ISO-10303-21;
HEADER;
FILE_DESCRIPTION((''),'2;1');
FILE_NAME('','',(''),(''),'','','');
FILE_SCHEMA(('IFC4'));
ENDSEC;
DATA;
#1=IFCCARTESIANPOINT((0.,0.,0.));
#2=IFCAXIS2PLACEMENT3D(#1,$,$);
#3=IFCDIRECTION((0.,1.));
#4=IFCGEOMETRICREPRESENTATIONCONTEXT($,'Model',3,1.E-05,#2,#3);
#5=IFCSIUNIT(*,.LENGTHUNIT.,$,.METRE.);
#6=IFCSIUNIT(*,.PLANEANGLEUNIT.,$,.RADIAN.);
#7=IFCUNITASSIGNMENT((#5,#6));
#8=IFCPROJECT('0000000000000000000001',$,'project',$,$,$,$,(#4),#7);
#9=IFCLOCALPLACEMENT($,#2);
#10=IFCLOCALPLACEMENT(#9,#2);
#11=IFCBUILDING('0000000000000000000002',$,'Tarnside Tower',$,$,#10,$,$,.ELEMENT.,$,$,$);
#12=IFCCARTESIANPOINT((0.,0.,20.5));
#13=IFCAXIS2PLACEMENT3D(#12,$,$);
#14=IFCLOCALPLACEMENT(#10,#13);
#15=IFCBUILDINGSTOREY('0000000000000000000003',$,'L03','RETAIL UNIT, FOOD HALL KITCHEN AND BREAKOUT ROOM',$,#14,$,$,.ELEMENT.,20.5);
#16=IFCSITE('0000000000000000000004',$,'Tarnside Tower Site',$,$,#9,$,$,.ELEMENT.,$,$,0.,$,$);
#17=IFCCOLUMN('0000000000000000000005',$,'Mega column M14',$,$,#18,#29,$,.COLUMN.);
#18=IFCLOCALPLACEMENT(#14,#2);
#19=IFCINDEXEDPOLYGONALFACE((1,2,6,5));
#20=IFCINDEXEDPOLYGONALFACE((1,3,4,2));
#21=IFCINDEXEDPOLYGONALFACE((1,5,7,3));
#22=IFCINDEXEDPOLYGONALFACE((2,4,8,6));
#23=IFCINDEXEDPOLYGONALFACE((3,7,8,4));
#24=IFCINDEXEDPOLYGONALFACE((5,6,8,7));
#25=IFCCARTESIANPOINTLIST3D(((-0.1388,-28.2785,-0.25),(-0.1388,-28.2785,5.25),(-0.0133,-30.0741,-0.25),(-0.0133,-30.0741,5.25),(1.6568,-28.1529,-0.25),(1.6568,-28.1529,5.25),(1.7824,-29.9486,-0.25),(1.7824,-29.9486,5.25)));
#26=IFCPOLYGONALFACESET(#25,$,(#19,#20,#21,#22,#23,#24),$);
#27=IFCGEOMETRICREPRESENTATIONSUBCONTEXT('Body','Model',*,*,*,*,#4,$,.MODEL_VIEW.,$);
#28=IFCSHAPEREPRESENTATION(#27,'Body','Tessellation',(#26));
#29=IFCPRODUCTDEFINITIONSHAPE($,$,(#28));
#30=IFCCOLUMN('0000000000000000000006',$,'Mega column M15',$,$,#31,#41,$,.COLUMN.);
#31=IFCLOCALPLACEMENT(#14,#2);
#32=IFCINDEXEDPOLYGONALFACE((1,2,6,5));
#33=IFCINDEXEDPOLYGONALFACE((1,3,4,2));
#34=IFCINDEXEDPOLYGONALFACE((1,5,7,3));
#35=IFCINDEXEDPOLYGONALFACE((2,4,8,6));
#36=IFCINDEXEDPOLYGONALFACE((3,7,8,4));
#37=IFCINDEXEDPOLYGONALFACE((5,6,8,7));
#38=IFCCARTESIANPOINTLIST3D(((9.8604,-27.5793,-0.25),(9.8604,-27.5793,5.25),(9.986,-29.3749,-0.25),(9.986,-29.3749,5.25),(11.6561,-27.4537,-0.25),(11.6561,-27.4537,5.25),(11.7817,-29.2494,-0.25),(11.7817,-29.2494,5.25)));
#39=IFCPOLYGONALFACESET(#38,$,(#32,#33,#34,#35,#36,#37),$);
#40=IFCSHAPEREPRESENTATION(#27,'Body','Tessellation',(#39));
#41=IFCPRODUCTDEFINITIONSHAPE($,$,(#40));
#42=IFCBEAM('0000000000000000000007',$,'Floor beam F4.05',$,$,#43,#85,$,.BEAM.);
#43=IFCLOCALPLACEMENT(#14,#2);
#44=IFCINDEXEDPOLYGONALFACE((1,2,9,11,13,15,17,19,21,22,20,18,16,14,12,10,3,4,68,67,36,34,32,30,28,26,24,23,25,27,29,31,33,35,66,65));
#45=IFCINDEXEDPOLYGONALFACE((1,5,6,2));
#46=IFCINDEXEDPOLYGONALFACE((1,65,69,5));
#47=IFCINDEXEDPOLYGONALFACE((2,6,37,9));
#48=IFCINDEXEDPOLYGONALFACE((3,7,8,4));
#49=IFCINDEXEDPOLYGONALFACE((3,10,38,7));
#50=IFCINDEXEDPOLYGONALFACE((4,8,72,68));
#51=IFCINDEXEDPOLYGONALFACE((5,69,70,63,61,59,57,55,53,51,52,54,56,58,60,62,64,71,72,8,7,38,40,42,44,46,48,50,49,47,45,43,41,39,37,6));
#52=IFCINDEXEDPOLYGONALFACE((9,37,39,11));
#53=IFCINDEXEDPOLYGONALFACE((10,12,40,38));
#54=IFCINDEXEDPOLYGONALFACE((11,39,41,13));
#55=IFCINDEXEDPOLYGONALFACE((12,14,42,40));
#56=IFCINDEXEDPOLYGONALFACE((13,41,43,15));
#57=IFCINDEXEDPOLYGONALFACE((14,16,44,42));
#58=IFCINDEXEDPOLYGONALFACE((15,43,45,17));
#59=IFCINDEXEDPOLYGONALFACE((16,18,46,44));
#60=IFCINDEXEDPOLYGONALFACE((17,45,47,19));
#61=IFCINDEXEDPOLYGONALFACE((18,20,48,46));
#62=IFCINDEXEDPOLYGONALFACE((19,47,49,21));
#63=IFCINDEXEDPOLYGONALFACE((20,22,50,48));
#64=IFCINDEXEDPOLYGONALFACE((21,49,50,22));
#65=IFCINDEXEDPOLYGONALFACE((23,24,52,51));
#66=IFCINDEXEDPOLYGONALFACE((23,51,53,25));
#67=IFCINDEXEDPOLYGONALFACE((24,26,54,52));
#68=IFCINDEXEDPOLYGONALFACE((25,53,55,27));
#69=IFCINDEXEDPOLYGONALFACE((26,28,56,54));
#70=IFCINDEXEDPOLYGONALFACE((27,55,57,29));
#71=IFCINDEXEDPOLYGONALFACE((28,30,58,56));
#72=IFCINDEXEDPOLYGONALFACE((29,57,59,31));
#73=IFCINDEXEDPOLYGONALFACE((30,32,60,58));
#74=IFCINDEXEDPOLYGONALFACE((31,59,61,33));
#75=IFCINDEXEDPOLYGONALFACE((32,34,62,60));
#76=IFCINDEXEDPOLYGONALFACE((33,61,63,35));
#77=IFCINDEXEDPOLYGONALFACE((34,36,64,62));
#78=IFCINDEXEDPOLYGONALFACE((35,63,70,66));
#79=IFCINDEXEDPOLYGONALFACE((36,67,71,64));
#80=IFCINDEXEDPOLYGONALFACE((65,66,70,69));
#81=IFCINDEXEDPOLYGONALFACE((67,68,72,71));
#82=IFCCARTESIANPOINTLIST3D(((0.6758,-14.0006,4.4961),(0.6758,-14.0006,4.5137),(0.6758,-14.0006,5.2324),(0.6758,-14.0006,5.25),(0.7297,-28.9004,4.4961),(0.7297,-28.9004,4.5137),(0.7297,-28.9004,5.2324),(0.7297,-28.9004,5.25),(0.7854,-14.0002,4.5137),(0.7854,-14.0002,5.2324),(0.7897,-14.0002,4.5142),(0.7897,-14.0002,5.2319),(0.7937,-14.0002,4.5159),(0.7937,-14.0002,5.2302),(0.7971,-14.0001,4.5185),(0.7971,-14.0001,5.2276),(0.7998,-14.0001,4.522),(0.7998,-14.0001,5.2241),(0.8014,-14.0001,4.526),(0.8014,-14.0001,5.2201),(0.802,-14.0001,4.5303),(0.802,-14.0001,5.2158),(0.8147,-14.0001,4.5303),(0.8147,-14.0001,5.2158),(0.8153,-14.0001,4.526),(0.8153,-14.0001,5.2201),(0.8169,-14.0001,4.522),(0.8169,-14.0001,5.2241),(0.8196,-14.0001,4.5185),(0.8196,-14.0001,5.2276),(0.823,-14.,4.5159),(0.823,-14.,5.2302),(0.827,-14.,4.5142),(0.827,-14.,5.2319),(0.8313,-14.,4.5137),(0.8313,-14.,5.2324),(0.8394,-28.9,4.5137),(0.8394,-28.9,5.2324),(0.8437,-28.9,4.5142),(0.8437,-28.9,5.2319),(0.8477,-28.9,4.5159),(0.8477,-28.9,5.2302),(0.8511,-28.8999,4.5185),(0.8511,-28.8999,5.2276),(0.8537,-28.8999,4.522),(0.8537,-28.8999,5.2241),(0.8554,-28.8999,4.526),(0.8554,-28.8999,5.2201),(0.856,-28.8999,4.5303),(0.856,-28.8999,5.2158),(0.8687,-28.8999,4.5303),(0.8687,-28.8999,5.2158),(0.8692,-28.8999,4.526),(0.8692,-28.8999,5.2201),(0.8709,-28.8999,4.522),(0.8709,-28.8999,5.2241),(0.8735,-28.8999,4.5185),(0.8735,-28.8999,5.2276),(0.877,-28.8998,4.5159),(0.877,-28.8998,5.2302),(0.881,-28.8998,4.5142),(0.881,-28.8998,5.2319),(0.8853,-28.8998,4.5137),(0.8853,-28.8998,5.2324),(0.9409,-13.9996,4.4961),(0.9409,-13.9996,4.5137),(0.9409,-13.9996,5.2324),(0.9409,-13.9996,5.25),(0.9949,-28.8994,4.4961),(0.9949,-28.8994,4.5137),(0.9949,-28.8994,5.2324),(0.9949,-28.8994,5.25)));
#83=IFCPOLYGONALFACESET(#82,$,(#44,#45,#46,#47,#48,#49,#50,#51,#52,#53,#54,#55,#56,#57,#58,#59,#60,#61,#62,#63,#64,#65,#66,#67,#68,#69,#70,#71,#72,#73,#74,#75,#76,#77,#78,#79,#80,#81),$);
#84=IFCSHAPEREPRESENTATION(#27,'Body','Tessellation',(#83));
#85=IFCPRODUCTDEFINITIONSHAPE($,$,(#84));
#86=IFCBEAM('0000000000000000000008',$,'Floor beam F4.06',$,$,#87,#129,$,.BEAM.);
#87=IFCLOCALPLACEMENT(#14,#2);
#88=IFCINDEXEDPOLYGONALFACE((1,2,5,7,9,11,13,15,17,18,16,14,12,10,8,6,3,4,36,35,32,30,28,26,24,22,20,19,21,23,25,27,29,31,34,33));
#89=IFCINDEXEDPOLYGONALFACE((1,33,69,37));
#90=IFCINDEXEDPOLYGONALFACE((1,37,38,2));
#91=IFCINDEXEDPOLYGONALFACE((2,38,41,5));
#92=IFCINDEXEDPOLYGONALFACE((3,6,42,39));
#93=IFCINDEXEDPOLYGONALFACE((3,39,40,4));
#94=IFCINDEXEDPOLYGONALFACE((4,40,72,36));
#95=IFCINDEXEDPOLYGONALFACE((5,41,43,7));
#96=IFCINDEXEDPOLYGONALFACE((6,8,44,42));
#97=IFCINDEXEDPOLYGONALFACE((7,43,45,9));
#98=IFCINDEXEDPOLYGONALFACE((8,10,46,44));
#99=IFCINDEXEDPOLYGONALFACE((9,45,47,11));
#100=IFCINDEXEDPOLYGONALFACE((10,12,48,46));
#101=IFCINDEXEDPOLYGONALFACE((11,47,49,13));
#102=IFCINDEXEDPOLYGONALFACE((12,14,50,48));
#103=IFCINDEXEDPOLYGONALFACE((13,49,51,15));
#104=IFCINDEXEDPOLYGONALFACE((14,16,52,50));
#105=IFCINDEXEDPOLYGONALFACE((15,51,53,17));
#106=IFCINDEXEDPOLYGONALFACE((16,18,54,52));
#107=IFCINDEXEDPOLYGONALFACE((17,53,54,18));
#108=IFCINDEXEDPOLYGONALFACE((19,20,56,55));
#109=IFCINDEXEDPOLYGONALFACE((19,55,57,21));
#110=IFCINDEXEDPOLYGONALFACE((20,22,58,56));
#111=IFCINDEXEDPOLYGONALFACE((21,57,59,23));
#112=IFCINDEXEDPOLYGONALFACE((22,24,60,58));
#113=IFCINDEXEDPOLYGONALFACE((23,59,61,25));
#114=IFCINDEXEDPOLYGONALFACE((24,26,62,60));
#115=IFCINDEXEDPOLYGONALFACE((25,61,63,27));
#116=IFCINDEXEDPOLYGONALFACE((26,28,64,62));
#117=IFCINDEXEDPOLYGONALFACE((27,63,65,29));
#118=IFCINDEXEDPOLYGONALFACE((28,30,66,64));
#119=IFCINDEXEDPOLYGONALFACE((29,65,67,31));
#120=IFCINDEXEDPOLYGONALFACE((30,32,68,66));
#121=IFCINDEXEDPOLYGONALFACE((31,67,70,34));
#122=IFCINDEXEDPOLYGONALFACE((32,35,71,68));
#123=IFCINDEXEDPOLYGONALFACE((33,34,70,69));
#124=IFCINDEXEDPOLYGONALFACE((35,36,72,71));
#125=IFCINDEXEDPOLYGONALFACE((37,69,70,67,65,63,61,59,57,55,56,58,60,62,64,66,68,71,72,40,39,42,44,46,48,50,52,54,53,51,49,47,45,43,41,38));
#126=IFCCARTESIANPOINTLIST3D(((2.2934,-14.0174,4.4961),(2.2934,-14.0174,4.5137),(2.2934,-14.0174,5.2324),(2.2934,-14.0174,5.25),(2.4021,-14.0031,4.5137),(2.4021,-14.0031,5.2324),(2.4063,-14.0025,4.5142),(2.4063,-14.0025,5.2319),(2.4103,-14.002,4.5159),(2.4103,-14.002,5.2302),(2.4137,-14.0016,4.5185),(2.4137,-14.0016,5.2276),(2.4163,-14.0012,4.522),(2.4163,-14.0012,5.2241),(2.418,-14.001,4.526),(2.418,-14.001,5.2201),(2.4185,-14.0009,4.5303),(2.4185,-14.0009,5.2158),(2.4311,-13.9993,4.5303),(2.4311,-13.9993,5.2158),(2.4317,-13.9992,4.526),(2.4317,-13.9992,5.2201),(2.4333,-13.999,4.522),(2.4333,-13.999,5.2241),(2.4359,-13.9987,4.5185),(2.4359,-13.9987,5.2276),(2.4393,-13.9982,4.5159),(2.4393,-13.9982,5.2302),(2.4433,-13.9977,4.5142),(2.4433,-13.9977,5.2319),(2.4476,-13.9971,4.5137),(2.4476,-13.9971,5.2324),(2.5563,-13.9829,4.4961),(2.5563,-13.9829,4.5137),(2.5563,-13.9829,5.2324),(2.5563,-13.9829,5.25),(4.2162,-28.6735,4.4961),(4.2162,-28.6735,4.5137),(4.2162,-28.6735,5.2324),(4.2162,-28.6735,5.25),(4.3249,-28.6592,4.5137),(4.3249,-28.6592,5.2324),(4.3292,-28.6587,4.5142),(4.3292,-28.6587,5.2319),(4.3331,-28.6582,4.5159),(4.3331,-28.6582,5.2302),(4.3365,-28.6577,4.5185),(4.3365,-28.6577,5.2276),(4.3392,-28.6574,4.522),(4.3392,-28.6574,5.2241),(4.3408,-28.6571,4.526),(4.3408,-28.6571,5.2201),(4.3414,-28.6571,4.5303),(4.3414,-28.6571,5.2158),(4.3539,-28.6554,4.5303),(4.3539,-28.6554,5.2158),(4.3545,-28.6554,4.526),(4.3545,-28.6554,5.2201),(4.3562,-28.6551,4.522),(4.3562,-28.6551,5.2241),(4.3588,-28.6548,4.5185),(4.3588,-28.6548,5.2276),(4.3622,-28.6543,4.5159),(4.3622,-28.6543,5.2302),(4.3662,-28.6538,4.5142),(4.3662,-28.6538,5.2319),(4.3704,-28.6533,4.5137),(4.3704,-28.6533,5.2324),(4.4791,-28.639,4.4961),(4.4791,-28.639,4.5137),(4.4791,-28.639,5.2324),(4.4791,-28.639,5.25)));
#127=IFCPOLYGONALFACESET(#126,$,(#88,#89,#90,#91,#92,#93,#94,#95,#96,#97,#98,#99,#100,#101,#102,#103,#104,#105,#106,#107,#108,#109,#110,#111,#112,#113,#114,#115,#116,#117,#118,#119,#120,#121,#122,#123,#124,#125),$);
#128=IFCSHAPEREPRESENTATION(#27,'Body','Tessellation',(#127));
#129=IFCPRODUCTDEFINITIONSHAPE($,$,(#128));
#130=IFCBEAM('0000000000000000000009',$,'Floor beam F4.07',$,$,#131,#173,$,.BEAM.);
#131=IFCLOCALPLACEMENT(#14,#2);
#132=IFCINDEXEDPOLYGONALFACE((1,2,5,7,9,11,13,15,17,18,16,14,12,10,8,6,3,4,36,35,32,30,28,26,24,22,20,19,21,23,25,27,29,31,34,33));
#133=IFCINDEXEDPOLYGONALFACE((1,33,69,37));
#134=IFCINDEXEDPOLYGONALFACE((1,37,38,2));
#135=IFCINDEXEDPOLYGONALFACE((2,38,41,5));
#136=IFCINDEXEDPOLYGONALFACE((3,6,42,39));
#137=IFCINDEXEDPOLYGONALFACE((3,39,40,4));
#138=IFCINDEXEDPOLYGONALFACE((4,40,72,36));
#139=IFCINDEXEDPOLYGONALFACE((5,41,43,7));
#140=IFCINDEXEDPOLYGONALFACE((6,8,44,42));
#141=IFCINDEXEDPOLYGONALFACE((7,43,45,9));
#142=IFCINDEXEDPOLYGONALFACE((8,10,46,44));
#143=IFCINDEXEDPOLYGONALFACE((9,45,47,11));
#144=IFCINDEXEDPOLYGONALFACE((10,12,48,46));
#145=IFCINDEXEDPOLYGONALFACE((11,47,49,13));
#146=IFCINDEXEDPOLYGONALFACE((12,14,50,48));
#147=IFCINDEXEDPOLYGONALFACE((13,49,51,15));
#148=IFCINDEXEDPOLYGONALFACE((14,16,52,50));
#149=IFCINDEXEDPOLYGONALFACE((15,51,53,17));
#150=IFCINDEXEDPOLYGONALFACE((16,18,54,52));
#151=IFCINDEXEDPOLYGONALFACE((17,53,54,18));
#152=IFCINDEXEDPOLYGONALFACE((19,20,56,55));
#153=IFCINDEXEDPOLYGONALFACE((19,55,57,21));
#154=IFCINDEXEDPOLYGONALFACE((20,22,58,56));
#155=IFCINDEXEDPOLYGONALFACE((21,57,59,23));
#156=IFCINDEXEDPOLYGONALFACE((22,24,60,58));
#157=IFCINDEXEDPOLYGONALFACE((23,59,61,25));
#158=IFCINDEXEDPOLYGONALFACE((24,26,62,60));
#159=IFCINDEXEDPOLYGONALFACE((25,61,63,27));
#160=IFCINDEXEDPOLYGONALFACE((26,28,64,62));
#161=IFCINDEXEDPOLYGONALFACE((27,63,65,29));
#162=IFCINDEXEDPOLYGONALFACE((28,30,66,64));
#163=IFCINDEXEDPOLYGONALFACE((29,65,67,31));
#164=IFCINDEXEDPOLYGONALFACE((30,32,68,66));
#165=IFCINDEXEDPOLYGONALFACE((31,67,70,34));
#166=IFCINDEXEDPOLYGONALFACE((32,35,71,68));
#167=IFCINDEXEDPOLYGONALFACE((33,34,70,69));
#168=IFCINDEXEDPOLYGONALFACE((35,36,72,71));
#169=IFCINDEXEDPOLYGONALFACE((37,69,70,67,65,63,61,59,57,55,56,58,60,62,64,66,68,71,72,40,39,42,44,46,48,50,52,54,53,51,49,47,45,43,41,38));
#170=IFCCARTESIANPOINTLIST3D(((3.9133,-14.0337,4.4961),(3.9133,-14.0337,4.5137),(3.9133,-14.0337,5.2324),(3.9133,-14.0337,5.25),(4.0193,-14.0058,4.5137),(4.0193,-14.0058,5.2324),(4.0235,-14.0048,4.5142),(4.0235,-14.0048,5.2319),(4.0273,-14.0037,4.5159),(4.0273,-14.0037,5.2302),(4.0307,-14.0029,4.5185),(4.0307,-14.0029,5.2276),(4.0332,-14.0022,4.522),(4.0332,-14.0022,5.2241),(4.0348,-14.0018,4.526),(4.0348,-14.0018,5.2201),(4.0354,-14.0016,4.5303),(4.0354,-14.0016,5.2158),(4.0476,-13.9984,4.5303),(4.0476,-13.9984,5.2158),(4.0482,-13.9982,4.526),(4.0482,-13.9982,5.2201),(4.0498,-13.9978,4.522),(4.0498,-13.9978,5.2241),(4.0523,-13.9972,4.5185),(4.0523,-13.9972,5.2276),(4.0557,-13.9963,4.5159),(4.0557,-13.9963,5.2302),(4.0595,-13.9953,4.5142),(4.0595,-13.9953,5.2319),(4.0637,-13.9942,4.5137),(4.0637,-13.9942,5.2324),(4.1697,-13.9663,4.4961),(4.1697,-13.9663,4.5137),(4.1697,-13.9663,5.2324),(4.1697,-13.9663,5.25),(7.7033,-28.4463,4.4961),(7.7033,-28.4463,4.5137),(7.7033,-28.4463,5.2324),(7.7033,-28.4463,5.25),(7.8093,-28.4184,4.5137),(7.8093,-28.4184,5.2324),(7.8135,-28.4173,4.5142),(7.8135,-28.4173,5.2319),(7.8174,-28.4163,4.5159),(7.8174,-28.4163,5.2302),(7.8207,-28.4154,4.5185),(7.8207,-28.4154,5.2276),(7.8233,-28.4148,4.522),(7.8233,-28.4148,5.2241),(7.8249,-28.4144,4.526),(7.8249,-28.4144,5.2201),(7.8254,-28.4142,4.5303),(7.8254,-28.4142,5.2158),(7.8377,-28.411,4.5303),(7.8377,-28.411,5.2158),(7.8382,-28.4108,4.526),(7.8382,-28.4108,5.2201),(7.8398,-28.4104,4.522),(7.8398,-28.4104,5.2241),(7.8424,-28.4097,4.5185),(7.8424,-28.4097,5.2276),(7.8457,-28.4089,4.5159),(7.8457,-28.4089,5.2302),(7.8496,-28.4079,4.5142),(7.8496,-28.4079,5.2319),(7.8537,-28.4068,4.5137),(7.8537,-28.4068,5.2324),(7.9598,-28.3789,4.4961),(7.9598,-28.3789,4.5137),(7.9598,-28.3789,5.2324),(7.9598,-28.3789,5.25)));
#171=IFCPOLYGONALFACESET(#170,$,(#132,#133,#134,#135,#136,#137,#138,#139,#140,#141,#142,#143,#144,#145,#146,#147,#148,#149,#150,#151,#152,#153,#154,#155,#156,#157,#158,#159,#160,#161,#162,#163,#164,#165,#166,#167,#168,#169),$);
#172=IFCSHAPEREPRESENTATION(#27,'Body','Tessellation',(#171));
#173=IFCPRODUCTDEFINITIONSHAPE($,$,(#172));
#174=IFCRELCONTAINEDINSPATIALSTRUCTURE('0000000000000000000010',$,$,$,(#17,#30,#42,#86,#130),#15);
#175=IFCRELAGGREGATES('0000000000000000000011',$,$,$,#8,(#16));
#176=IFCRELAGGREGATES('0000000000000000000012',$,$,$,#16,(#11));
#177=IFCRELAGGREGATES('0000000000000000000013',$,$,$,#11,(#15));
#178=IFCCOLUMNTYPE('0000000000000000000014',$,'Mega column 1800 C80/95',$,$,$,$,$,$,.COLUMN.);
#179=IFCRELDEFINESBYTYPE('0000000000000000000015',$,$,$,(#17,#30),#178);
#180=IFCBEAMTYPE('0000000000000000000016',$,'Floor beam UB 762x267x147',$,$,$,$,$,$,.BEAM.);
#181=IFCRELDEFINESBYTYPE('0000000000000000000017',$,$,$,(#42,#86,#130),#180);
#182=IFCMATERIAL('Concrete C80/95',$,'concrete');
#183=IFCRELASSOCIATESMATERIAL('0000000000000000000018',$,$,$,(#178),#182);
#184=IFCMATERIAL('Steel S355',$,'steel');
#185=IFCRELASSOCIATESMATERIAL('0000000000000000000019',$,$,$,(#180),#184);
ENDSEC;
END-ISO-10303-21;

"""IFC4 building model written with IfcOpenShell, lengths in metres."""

from ifc_helpers import new_model, si_unit, direction, frame, origin, origin_2d, place, context, subcontext, project, spatial, rectangle, i_section, extrude, material, material_profile, profile_set, type_object, element, save


model = new_model("IFC4")

# Units and contexts
model_context = context("Model", 3, precision=1e-05, world=origin(), true_north=direction((0.0, 1.0)))
body_context = subcontext(model_context, "Body", "Model", "MODEL_VIEW")
ifc_project = project(units=[si_unit("LENGTHUNIT", "METRE"), si_unit("PLANEANGLEUNIT", "RADIAN")], contexts=[model_context])

# Site, building, storey
site_placement = place(None, origin())
site = spatial("IfcSite", under=ifc_project, at=site_placement, Name="Tarnside Tower Site", CompositionType="ELEMENT", RefElevation=0.0)
building_placement = place(site_placement, origin())
building = spatial("IfcBuilding", under=site, at=building_placement, Name="Tarnside Tower", CompositionType="ELEMENT")
storey_placement = place(building_placement, frame((0.0, 0.0, 20.5)))
storey = spatial("IfcBuildingStorey", under=building, at=storey_placement, Name="L03", Description="RETAIL UNIT, FOOD HALL KITCHEN AND BREAKOUT ROOM", CompositionType="ELEMENT", Elevation=20.5)

# Columns
ifc_material_1 = material(Name="Concrete C80/95", Category="concrete")
ifc_material_profile_1 = material_profile(ifc_material_1, rectangle(XDim=1.8, YDim=1.8, at=origin_2d()), Name="Mega column 1800x1800")
ifc_profile_set_1 = profile_set([ifc_material_profile_1], Name="Concrete C80/95")
column_type = type_object("IfcColumnType", Name="Mega column 1800 C80/95", PredefinedType="COLUMN", material=ifc_profile_set_1)
for number, where, z_axis, x_axis, name in (
    (1, (0.8218, -29.1135, -0.25), (0.0, 0.0, 1.0), (-0.997564, -0.069756, 0.0), "Mega column M14"),
    (2, (10.821, -28.4143, -0.25), (0.0, 0.0, 1.0), (-0.997564, -0.069756, 0.0), "Mega column M15"),
):
    element("IfcColumn", number, at=place(storey_placement, frame(where, z_axis=z_axis, x_axis=x_axis)), inside=storey, type_object=column_type, Name=name, PredefinedType="COLUMN", context=body_context, shape_type="SweptSolid", body=[
        extrude(rectangle(XDim=1.8, YDim=1.8, at=origin_2d()), origin(), (0.0, 0.0, 1.0), 5.5),
    ])

# Beams
ifc_material_2 = material(Name="Steel S355", Category="steel")
ifc_material_profile_2 = material_profile(ifc_material_2, i_section(OverallWidth=0.2651, OverallDepth=0.7539, WebThickness=0.0127, FlangeThickness=0.0176, FilletRadius=0.0166, at=origin_2d()), Name="UB 762x267x147")
ifc_profile_set_2 = profile_set([ifc_material_profile_2], Name="Steel S355")
beam_type_1 = type_object("IfcBeamType", Name="Floor beam UB 762x267x147", PredefinedType="BEAM", material=ifc_profile_set_2)
beam_1_placement = place(storey_placement, frame((0.8623, -28.8999, 4.873), z_axis=(-0.003621, 0.999993, 0.0), x_axis=(-0.999993, -0.003621, 0.0)))
element("IfcBeam", 3, at=beam_1_placement, inside=storey, type_object=beam_type_1, Name="Floor beam F4.05", PredefinedType="BEAM", context=body_context, shape_type="SweptSolid", body=[
    extrude(i_section(OverallWidth=0.2651, OverallDepth=0.7539, WebThickness=0.0127, FlangeThickness=0.0176, FilletRadius=0.0166, at=origin_2d()), origin(), (0.0, 0.0, 1.0), 14.8999),
])
beam_2_placement = place(storey_placement, frame((4.3477, -28.6562, 4.873), z_axis=(-0.130082, 0.991503, 0.0), x_axis=(-0.991503, -0.130082, 0.0)))
element("IfcBeam", 4, at=beam_2_placement, inside=storey, type_object=beam_type_1, Name="Floor beam F4.06", PredefinedType="BEAM", context=body_context, shape_type="SweptSolid", body=[
    extrude(i_section(OverallWidth=0.2651, OverallDepth=0.7539, WebThickness=0.0127, FlangeThickness=0.0176, FilletRadius=0.0166, at=origin_2d()), origin(), (0.0, 0.0, 1.0), 14.7817),
])
beam_3_placement = place(storey_placement, frame((7.8315, -28.4126, 4.873), z_axis=(-0.254321, 0.96712, 0.0), x_axis=(-0.96712, -0.254321, 0.0)))
element("IfcBeam", 5, at=beam_3_placement, inside=storey, type_object=beam_type_1, Name="Floor beam F4.07", PredefinedType="BEAM", context=body_context, shape_type="SweptSolid", body=[
    extrude(i_section(OverallWidth=0.2651, OverallDepth=0.7539, WebThickness=0.0127, FlangeThickness=0.0176, FilletRadius=0.0166, at=origin_2d()), origin(), (0.0, 0.0, 1.0), 14.9026),
])

save(model, "model.ifc")
